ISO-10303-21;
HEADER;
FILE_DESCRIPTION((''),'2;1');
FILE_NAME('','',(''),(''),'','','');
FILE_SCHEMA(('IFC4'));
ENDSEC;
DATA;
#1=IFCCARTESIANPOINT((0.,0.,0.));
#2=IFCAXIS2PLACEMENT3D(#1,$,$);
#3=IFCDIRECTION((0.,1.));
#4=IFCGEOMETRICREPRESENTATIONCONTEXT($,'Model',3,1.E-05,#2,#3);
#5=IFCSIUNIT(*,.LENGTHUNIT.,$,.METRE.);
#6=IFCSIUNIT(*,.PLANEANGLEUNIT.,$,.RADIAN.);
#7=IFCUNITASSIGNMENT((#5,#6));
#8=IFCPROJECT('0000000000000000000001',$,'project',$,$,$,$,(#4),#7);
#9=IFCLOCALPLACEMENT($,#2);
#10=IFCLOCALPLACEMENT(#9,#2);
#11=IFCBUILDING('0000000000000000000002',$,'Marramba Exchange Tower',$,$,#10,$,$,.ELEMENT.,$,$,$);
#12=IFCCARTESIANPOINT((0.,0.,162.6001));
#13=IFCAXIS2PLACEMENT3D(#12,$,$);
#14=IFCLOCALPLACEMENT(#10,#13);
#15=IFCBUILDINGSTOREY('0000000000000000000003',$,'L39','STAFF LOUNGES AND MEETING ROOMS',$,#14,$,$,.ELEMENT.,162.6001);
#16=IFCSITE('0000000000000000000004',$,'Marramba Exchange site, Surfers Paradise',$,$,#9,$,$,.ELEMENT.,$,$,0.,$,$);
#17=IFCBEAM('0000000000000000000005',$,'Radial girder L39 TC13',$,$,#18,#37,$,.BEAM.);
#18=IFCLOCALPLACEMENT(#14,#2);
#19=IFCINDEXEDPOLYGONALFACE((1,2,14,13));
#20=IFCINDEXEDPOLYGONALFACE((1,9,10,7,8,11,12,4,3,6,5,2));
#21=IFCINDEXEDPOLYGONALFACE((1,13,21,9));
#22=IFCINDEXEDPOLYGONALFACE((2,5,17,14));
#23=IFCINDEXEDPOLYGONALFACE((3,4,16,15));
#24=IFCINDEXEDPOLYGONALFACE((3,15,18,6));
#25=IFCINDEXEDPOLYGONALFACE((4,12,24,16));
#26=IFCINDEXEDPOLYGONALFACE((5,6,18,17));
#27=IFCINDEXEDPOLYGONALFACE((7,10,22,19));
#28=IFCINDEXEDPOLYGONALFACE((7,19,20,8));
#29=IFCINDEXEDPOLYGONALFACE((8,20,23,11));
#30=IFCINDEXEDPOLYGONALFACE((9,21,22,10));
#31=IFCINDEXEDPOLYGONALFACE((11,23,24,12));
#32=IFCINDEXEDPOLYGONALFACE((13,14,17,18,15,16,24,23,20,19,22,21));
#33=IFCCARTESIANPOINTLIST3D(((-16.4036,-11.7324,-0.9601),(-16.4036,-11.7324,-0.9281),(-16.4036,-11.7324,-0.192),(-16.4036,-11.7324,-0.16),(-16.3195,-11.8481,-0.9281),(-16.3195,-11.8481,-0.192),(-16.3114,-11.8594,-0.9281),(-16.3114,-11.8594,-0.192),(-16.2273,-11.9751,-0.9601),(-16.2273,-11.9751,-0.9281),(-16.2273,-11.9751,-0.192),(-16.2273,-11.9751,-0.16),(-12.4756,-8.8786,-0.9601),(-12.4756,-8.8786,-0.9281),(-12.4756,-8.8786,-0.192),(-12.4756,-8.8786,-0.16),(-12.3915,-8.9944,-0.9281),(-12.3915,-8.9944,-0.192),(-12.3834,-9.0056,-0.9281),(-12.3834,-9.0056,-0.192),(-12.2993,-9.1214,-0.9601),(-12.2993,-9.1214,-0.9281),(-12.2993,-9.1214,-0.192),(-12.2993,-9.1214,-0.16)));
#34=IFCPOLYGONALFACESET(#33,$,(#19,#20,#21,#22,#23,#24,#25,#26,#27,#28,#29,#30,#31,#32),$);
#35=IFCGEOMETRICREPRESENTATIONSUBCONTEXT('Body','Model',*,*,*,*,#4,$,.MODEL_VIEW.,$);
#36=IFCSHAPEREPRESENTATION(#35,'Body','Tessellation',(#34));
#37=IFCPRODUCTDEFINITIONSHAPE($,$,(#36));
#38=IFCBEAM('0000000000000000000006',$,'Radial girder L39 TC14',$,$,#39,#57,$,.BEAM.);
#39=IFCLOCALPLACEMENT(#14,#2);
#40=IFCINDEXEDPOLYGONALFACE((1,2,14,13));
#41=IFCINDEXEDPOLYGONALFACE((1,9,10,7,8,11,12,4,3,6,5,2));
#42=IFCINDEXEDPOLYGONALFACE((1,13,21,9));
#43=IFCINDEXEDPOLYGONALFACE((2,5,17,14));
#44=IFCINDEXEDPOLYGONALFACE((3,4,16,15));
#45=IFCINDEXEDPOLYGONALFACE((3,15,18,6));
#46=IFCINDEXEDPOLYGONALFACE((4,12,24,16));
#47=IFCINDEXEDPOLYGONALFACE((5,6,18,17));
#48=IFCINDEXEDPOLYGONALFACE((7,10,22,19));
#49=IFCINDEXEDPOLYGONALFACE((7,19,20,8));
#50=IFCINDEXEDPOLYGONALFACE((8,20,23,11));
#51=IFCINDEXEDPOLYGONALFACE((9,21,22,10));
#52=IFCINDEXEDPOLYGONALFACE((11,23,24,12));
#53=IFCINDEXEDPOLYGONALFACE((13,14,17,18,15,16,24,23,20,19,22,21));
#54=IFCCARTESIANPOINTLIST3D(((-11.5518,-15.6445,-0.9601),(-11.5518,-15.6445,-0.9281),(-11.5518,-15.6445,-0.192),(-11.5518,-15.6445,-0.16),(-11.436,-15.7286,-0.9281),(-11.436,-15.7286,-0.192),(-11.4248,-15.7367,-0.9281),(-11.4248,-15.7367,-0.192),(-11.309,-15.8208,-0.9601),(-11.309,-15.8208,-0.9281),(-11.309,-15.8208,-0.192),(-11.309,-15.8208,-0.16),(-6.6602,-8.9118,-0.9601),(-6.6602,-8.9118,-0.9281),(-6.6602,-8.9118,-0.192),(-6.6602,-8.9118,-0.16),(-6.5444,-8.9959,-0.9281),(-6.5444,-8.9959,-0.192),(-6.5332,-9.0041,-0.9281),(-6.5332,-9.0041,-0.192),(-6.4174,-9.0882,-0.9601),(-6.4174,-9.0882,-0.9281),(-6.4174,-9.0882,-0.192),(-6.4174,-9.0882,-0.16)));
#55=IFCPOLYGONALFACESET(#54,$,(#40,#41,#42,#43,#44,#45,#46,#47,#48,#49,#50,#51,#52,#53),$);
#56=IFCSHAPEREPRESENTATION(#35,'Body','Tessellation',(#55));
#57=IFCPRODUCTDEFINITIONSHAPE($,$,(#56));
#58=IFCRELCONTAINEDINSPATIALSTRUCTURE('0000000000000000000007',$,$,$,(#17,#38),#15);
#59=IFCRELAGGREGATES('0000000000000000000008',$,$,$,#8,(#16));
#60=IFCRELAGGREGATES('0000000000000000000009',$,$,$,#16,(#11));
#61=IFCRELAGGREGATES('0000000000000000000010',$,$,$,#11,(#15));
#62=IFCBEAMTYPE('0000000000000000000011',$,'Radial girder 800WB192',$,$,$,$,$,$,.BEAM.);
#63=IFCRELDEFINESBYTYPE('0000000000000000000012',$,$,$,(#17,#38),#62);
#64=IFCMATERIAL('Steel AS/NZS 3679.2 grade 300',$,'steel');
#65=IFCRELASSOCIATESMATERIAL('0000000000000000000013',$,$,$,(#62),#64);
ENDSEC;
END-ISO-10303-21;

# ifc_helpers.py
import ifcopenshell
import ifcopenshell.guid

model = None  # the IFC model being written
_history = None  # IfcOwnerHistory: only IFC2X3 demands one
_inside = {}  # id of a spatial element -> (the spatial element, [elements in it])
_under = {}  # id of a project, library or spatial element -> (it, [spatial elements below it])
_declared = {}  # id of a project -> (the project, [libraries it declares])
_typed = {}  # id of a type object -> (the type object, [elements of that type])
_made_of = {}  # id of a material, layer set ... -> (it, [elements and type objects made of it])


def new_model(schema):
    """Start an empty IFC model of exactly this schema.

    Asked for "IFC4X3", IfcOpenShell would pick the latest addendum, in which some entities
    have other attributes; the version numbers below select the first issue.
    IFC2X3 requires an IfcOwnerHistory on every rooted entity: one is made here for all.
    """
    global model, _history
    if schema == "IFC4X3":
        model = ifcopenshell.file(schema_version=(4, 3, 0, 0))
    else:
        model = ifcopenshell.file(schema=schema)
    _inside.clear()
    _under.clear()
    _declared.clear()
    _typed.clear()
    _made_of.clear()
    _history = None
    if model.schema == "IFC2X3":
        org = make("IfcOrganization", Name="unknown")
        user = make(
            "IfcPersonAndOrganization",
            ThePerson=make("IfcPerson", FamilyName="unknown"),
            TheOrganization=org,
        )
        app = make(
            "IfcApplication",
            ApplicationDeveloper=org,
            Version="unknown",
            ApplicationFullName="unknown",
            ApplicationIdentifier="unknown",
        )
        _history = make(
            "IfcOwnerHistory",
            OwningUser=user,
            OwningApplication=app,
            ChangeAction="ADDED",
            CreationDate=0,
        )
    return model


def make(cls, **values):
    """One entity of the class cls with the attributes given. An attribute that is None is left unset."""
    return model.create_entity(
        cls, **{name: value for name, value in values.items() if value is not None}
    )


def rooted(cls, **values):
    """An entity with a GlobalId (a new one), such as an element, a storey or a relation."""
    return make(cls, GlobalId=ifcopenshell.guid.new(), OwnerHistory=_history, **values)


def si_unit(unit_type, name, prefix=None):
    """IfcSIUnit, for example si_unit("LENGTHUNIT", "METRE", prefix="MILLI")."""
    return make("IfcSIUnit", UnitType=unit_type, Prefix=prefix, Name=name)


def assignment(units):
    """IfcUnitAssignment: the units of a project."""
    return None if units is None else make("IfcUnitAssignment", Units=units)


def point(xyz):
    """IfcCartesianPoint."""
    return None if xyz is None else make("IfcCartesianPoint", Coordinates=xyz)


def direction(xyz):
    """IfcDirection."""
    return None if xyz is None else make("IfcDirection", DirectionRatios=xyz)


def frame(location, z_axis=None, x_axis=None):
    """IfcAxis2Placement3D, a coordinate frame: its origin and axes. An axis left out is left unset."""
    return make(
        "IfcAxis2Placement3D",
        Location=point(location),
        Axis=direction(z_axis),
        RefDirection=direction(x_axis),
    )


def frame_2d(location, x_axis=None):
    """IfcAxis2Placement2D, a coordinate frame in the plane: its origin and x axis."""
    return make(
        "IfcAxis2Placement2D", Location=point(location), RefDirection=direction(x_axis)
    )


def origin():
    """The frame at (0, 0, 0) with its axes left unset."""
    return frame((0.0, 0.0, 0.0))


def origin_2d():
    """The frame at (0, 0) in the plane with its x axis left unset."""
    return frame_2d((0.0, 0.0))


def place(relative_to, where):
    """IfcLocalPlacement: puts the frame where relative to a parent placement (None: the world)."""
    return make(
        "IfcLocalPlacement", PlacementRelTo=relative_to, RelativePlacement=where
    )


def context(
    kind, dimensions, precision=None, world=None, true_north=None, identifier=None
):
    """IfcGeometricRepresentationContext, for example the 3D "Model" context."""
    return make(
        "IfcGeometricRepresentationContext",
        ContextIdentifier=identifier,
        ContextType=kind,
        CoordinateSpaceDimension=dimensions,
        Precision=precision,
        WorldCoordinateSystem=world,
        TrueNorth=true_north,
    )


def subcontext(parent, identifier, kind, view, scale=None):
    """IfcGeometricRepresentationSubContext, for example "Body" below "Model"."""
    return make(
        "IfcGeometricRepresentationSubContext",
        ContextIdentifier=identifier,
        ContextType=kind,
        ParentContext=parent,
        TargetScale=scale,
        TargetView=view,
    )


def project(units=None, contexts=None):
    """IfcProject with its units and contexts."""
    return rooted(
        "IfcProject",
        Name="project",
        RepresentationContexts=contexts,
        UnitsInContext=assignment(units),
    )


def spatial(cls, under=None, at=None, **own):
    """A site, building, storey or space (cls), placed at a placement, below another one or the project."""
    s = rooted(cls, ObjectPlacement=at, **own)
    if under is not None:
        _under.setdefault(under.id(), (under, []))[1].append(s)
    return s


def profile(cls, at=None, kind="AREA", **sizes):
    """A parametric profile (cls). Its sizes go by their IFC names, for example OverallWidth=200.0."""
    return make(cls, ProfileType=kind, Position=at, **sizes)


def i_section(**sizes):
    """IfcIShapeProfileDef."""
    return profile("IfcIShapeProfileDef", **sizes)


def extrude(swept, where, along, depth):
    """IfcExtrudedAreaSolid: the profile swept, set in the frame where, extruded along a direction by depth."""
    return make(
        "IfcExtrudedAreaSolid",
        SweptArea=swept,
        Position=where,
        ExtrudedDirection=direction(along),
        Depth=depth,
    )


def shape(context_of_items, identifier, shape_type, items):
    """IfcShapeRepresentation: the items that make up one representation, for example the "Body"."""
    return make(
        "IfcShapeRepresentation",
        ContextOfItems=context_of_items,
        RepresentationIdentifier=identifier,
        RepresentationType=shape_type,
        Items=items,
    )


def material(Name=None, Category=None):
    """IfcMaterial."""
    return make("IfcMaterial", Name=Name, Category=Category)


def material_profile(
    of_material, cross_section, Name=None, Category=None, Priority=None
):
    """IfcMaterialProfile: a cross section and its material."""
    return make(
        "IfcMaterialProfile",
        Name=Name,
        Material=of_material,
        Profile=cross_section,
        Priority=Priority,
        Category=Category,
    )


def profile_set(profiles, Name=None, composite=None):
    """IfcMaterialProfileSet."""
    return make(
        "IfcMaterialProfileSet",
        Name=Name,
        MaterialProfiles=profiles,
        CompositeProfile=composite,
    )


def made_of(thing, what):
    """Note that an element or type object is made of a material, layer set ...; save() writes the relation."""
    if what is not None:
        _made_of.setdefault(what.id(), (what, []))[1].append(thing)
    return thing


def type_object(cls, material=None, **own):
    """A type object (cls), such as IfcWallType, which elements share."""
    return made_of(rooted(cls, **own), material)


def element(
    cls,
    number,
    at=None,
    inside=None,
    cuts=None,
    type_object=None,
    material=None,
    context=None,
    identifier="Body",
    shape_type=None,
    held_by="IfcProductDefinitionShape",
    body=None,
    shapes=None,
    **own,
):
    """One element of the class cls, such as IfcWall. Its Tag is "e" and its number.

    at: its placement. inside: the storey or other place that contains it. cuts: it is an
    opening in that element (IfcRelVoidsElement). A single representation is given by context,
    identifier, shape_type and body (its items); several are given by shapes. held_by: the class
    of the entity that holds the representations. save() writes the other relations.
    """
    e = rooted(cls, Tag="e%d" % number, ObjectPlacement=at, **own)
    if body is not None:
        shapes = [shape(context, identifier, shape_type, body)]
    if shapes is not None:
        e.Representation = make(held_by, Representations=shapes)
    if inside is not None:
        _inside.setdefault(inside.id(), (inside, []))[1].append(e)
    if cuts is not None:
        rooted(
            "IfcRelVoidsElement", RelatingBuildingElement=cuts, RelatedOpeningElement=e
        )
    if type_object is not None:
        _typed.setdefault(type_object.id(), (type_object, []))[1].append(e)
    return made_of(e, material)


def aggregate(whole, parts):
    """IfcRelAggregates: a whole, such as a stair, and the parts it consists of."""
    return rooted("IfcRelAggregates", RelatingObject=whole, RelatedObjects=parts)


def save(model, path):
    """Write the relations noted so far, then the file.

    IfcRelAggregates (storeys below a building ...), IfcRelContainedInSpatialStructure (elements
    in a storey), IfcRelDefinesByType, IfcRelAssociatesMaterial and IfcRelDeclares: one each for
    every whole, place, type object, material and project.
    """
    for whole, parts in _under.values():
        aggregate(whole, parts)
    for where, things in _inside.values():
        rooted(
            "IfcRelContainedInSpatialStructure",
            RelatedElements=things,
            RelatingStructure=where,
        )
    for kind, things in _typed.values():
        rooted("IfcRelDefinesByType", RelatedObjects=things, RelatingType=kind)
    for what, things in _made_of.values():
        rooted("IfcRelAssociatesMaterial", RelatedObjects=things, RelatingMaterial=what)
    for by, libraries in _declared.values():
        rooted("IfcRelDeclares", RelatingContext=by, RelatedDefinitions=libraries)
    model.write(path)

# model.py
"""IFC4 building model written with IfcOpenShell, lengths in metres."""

from ifc_helpers import new_model, si_unit, direction, frame, origin, origin_2d, place, context, subcontext, project, spatial, i_section, extrude, material, material_profile, profile_set, type_object, element, save


model = new_model("IFC4")

# Units and contexts
model_context = context("Model", 3, precision=1e-05, world=origin(), true_north=direction((0.0, 1.0)))
body_context = subcontext(model_context, "Body", "Model", "MODEL_VIEW")
ifc_project = project(units=[si_unit("LENGTHUNIT", "METRE"), si_unit("PLANEANGLEUNIT", "RADIAN")], contexts=[model_context])

# Site, building, storey
site_placement = place(None, origin())
site = spatial("IfcSite", under=ifc_project, at=site_placement, Name="Marramba Exchange site, Surfers Paradise", CompositionType="ELEMENT", RefElevation=0.0)
building_placement = place(site_placement, origin())
building = spatial("IfcBuilding", under=site, at=building_placement, Name="Marramba Exchange Tower", CompositionType="ELEMENT")
storey_placement = place(building_placement, frame((0.0, 0.0, 162.6001)))
storey = spatial("IfcBuildingStorey", under=building, at=storey_placement, Name="L39", Description="STAFF LOUNGES AND MEETING ROOMS", CompositionType="ELEMENT", Elevation=162.6001)

# Beams
ifc_material_1 = material(Name="Steel AS/NZS 3679.2 grade 300", Category="steel")
ifc_material_profile_1 = material_profile(ifc_material_1, i_section(OverallWidth=0.3, OverallDepth=0.8, WebThickness=0.0139, FlangeThickness=0.032, at=origin_2d()), Name="800WB192")
ifc_profile_set_1 = profile_set([ifc_material_profile_1], Name="Steel AS/NZS 3679.2 grade 300")
beam_type_1 = type_object("IfcBeamType", Name="Radial girder 800WB192", PredefinedType="BEAM", material=ifc_profile_set_1)
beam_1_placement = place(storey_placement, frame((-12.3875, -9.0, -0.5601), z_axis=(-0.809025, -0.587774, 0.0), x_axis=(0.587774, -0.809025, 0.0)))
element("IfcBeam", 1, at=beam_1_placement, inside=storey, type_object=beam_type_1, Name="Radial girder L39 TC13", PredefinedType="BEAM", context=body_context, shape_type="SweptSolid", body=[
    extrude(i_section(OverallWidth=0.3, OverallDepth=0.8, WebThickness=0.0139, FlangeThickness=0.032, at=origin_2d()), origin(), (0.0, 0.0, 1.0), 4.8552),
])
beam_2_placement = place(storey_placement, frame((-6.5388, -9.0, -0.5601), z_axis=(-0.587788, -0.809015, 0.0), x_axis=(0.809015, -0.587788, 0.0)))
element("IfcBeam", 2, at=beam_2_placement, inside=storey, type_object=beam_type_1, Name="Radial girder L39 TC14", PredefinedType="BEAM", context=body_context, shape_type="SweptSolid", body=[
    extrude(i_section(OverallWidth=0.3, OverallDepth=0.8, WebThickness=0.0139, FlangeThickness=0.032, at=origin_2d()), origin(), (0.0, 0.0, 1.0), 8.322),
])

save(model, "model.ifc")
